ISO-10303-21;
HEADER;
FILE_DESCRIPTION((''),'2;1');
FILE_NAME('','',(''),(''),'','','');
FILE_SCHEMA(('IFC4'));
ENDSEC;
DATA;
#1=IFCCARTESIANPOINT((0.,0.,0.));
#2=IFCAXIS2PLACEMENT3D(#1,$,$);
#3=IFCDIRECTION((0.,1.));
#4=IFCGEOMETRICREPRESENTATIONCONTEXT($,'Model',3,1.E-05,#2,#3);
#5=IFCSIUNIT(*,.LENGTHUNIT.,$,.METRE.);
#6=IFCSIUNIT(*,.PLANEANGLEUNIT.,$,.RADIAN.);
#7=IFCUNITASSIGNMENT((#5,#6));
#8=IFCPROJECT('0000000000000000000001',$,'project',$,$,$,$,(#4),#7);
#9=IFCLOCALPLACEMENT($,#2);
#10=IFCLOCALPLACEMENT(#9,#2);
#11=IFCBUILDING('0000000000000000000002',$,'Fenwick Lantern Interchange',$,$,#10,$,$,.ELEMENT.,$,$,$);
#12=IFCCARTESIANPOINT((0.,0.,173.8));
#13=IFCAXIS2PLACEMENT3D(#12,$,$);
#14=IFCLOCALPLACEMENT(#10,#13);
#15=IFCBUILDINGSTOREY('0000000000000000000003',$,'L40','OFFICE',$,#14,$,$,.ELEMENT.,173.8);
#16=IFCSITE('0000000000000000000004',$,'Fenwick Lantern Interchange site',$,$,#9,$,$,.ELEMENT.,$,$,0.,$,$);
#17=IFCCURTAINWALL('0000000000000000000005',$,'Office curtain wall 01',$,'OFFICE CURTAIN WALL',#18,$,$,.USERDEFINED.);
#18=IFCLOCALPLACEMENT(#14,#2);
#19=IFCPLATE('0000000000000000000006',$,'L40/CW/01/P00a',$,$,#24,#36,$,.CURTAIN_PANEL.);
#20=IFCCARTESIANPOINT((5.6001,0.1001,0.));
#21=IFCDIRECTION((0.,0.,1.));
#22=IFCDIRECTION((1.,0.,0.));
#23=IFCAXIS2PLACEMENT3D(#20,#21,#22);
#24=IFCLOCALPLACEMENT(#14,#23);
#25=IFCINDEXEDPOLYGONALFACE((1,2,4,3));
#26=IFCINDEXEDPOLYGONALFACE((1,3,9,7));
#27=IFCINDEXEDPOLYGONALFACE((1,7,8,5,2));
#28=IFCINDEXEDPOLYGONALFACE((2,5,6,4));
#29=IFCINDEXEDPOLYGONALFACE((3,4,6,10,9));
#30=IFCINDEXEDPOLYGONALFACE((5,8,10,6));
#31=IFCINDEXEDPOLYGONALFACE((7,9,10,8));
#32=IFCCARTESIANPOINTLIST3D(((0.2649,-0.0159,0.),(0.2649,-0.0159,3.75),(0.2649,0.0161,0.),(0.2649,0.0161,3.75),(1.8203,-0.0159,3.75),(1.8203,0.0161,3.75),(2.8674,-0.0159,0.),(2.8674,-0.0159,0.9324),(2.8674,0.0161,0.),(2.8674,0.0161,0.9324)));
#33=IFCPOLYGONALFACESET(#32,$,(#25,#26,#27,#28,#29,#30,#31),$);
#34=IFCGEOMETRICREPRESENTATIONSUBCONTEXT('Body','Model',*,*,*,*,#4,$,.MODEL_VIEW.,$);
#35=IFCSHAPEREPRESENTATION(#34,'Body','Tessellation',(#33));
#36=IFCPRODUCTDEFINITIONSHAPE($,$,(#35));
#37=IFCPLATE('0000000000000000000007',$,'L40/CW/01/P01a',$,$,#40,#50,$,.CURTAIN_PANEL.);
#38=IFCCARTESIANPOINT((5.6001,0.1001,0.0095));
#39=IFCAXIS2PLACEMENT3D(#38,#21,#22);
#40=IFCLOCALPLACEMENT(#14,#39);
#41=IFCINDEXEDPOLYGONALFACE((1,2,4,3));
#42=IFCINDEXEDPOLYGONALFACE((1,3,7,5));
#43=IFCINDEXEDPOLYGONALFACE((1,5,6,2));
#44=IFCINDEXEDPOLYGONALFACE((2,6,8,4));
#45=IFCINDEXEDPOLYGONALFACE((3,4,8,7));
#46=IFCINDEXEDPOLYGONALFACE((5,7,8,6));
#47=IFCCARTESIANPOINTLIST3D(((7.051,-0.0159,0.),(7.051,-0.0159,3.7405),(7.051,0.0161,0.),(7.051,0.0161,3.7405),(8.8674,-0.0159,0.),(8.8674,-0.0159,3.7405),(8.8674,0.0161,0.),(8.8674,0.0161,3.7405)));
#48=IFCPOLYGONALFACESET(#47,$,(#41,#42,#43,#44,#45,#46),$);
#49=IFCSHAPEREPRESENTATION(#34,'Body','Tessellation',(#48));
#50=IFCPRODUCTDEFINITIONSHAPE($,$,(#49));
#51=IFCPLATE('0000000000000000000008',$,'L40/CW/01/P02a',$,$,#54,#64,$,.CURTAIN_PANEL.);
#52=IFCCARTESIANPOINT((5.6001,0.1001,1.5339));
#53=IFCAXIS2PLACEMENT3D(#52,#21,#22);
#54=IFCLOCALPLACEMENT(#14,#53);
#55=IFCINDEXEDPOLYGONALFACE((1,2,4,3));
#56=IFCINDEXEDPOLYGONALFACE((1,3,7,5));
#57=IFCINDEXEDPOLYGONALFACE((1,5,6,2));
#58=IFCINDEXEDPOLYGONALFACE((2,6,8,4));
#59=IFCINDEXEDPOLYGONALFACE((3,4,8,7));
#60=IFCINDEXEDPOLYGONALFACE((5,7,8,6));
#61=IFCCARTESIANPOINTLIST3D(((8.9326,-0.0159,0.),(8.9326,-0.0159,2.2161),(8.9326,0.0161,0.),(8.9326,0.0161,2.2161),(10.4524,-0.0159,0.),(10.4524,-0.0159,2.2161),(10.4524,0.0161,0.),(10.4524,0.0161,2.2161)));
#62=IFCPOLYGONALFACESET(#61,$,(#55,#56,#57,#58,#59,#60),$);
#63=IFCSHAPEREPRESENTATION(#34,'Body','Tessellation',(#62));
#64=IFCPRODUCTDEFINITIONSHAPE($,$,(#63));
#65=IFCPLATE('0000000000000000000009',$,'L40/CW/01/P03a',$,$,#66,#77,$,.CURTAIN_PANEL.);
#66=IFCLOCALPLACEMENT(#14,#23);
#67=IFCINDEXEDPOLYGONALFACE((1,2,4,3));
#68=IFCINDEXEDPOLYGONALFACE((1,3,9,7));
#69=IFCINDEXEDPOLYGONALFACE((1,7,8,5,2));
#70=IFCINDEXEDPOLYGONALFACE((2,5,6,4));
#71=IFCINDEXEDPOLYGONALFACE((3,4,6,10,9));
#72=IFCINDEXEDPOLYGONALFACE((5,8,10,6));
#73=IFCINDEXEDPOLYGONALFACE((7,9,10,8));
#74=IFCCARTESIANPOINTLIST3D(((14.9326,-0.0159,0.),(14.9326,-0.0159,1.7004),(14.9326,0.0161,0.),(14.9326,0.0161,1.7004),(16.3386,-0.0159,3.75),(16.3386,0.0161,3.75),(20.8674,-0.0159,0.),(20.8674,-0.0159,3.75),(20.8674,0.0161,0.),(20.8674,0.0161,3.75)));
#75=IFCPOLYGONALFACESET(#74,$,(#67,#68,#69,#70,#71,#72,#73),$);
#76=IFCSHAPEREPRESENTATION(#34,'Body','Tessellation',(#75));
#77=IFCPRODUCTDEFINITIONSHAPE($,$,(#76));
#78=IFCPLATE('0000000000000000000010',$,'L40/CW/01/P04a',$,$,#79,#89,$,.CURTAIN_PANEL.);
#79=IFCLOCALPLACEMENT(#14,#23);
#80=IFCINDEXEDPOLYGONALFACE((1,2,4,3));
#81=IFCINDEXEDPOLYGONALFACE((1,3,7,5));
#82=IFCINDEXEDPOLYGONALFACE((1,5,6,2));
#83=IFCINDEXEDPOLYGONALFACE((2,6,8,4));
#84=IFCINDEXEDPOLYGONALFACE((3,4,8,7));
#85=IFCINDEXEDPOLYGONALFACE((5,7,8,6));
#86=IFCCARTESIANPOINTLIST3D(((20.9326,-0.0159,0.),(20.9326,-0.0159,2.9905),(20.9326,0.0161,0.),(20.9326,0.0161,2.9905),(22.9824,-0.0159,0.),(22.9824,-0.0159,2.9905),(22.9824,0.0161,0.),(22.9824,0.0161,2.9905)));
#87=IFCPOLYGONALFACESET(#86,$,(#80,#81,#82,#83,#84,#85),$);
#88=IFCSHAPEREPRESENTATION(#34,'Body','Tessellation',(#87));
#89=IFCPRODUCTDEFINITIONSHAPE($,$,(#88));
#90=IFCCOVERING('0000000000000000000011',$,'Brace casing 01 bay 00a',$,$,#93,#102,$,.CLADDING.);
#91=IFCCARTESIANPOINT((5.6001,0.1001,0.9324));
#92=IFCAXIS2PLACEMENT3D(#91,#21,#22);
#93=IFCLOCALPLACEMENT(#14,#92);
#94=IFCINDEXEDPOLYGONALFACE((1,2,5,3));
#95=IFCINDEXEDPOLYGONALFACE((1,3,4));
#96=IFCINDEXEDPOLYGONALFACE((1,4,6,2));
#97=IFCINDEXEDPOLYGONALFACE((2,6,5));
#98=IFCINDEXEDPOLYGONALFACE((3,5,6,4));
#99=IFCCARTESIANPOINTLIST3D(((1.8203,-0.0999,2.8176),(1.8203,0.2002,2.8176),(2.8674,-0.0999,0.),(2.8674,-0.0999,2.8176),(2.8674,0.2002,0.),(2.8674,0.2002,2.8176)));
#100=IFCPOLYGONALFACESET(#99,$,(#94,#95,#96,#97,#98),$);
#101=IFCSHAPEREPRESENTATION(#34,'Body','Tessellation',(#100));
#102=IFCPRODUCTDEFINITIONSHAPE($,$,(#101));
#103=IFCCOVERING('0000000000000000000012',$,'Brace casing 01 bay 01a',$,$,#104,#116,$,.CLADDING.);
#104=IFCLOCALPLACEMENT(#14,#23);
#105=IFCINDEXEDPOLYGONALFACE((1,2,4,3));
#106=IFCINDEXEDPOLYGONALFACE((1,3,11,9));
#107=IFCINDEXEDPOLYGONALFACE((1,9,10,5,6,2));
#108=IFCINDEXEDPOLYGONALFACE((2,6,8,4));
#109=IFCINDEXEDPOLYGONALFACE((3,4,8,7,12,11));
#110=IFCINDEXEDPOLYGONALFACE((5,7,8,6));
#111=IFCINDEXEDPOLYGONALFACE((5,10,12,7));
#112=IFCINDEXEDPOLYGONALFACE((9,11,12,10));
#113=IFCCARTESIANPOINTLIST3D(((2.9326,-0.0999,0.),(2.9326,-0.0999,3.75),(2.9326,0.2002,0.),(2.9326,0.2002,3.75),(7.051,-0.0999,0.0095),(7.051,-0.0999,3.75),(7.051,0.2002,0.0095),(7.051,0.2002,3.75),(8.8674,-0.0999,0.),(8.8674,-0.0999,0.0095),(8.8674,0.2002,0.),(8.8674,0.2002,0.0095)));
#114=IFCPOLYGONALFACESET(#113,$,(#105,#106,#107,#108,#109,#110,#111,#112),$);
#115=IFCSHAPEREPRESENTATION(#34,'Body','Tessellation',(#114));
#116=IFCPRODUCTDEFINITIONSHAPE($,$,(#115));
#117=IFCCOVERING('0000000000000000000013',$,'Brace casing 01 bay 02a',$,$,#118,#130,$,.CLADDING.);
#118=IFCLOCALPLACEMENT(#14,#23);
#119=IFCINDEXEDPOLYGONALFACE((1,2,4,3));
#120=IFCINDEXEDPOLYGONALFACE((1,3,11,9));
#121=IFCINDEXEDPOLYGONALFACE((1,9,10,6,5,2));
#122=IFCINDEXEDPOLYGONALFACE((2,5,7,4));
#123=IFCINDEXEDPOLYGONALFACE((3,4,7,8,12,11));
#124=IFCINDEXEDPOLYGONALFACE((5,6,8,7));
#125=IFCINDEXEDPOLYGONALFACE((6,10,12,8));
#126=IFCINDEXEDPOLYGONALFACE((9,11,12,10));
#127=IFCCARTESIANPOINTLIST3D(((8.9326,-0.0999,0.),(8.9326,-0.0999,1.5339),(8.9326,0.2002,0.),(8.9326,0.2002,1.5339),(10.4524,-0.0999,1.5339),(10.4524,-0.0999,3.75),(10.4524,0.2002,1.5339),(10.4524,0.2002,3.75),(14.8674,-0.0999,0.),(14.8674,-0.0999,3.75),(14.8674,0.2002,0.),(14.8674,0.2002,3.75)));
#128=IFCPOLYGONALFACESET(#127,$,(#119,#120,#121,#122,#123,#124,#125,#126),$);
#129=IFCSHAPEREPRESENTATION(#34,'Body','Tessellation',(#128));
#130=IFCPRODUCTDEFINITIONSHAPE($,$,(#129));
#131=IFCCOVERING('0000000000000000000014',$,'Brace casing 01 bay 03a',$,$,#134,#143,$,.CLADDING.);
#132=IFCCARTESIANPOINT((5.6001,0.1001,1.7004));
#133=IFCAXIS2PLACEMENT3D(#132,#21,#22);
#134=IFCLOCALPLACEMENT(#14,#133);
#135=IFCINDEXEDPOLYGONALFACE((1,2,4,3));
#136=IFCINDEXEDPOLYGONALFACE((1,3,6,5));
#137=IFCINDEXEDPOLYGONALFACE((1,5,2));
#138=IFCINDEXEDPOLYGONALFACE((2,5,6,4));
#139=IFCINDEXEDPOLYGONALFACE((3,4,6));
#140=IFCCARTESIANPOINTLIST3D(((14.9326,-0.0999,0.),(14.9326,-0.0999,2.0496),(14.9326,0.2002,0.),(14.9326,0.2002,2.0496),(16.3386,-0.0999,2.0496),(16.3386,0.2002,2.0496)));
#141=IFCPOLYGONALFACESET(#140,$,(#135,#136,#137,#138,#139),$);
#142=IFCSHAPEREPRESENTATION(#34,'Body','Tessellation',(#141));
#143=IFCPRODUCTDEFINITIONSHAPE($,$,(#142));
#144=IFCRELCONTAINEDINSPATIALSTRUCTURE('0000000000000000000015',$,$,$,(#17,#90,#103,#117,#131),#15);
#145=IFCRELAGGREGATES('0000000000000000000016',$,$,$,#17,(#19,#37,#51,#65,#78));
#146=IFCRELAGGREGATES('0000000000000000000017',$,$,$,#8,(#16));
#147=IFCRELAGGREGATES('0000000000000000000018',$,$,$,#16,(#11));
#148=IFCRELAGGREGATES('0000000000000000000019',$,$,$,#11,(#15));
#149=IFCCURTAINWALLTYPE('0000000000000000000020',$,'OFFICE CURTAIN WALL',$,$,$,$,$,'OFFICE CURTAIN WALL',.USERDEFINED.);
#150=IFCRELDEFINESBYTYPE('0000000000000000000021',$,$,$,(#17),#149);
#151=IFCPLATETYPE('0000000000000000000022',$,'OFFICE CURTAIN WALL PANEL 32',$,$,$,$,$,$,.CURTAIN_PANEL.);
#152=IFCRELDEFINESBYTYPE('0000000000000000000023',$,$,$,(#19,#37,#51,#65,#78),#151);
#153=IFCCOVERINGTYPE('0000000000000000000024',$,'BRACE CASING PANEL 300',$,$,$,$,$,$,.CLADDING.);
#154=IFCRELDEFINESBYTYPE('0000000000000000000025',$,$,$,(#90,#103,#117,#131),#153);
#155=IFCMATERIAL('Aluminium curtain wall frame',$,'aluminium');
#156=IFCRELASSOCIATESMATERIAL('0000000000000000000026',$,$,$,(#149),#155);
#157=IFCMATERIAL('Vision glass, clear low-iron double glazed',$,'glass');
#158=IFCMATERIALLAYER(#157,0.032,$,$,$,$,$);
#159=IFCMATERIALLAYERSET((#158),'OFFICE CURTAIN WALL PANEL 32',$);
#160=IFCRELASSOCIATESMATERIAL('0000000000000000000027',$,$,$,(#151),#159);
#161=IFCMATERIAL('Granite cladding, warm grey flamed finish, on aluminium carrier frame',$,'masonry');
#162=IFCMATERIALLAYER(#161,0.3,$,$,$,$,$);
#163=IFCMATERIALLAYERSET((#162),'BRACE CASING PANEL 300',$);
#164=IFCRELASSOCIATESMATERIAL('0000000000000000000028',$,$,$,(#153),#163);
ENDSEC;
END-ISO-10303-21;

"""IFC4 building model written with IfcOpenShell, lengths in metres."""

from ifc_helpers import new_model, si_unit, direction, frame, origin, place, context, subcontext, project, spatial, polyline, outline, extrude, material, layer, layer_set, type_object, element, aggregate, save


model = new_model("IFC4")

# Units and contexts
model_context = context("Model", 3, precision=1e-05, world=origin(), true_north=direction((0.0, 1.0)))
body_context = subcontext(model_context, "Body", "Model", "MODEL_VIEW")
ifc_project = project(units=[si_unit("LENGTHUNIT", "METRE"), si_unit("PLANEANGLEUNIT", "RADIAN")], contexts=[model_context])

# Site, building, storey
site_placement = place(None, origin())
site = spatial("IfcSite", under=ifc_project, at=site_placement, Name="Fenwick Lantern Interchange site", CompositionType="ELEMENT", RefElevation=0.0)
building_placement = place(site_placement, origin())
building = spatial("IfcBuilding", under=site, at=building_placement, Name="Fenwick Lantern Interchange", CompositionType="ELEMENT")
storey_placement = place(building_placement, frame((0.0, 0.0, 173.8)))
storey = spatial("IfcBuildingStorey", under=building, at=storey_placement, Name="L40", Description="OFFICE", CompositionType="ELEMENT", Elevation=173.8)

# Shared definitions
ifc_material_1 = material(Name="Aluminium curtain wall frame", Category="aluminium")
curtain_wall_type = type_object("IfcCurtainWallType", Name="OFFICE CURTAIN WALL", ElementType="OFFICE CURTAIN WALL", PredefinedType="USERDEFINED", material=ifc_material_1)

# Curtain wall, plates
curtain_wall_1_placement = place(storey_placement, origin())
curtain_wall_1 = element("IfcCurtainWall", 1, at=curtain_wall_1_placement, inside=storey, type_object=curtain_wall_type, Name="Office curtain wall 01", ObjectType="OFFICE CURTAIN WALL", PredefinedType="USERDEFINED")
ifc_material_2 = material(Name="Vision glass, clear low-iron double glazed", Category="glass")
ifc_layer_1 = layer(ifc_material_2, 0.032)
ifc_layer_set_1 = layer_set([ifc_layer_1], Name="OFFICE CURTAIN WALL PANEL 32")
plate_type = type_object("IfcPlateType", Name="OFFICE CURTAIN WALL PANEL 32", PredefinedType="CURTAIN_PANEL", material=ifc_layer_set_1)
plate_1_placement = place(storey_placement, frame((5.6001, 0.1001, 0.0), z_axis=(0.0, 0.0, 1.0), x_axis=(1.0, 0.0, 0.0)))
plate_1 = element("IfcPlate", 2, at=plate_1_placement, type_object=plate_type, Name="L40/CW/01/P00a", PredefinedType="CURTAIN_PANEL", context=body_context, shape_type="SweptSolid", body=[
    extrude(outline(polyline([(0.2649, 0.0), (2.8674, 0.0), (2.8674, 0.9324), (1.8203, 3.75), (0.2649, 3.75), (0.2649, 0.0)])), frame((0.0, 0.0161, 0.0), z_axis=(0.0, -1.0, 0.0), x_axis=(1.0, 0.0, 0.0)), (0.0, 0.0, 1.0), 0.032),
])
plate_2_placement = place(storey_placement, frame((5.6001, 0.1001, 0.0095), z_axis=(0.0, 0.0, 1.0), x_axis=(1.0, 0.0, 0.0)))
plate_2 = element("IfcPlate", 3, at=plate_2_placement, type_object=plate_type, Name="L40/CW/01/P01a", PredefinedType="CURTAIN_PANEL", context=body_context, shape_type="SweptSolid", body=[
    extrude(outline(polyline([(7.051, 0.0), (8.8674, 0.0), (8.8674, 3.7405), (7.051, 3.7405), (7.051, 0.0)])), frame((0.0, 0.0161, 0.0), z_axis=(0.0, -1.0, 0.0), x_axis=(1.0, 0.0, 0.0)), (0.0, 0.0, 1.0), 0.032),
])
plate_3_placement = place(storey_placement, frame((5.6001, 0.1001, 1.5339), z_axis=(0.0, 0.0, 1.0), x_axis=(1.0, 0.0, 0.0)))
plate_3 = element("IfcPlate", 4, at=plate_3_placement, type_object=plate_type, Name="L40/CW/01/P02a", PredefinedType="CURTAIN_PANEL", context=body_context, shape_type="SweptSolid", body=[
    extrude(outline(polyline([(8.9326, 0.0), (10.4524, 0.0), (10.4524, 2.2161), (8.9326, 2.2161), (8.9326, 0.0)])), frame((0.0, 0.0161, 0.0), z_axis=(0.0, -1.0, 0.0), x_axis=(1.0, 0.0, 0.0)), (0.0, 0.0, 1.0), 0.032),
])
plate_4_placement = place(storey_placement, frame((5.6001, 0.1001, 0.0), z_axis=(0.0, 0.0, 1.0), x_axis=(1.0, 0.0, 0.0)))
plate_4 = element("IfcPlate", 5, at=plate_4_placement, type_object=plate_type, Name="L40/CW/01/P03a", PredefinedType="CURTAIN_PANEL", context=body_context, shape_type="SweptSolid", body=[
    extrude(outline(polyline([(14.9326, 0.0), (20.8674, 0.0), (20.8674, 3.75), (16.3386, 3.75), (14.9326, 1.7004), (14.9326, 0.0)])), frame((0.0, 0.0161, 0.0), z_axis=(0.0, -1.0, 0.0), x_axis=(1.0, 0.0, 0.0)), (0.0, 0.0, 1.0), 0.032),
])
plate_5_placement = place(storey_placement, frame((5.6001, 0.1001, 0.0), z_axis=(0.0, 0.0, 1.0), x_axis=(1.0, 0.0, 0.0)))
plate_5 = element("IfcPlate", 6, at=plate_5_placement, type_object=plate_type, Name="L40/CW/01/P04a", PredefinedType="CURTAIN_PANEL", context=body_context, shape_type="SweptSolid", body=[
    extrude(outline(polyline([(20.9326, 0.0), (22.9824, 0.0), (22.9824, 2.9905), (20.9326, 2.9905), (20.9326, 0.0)])), frame((0.0, 0.0161, 0.0), z_axis=(0.0, -1.0, 0.0), x_axis=(1.0, 0.0, 0.0)), (0.0, 0.0, 1.0), 0.032),
])
aggregate(curtain_wall_1, [plate_1, plate_2, plate_3, plate_4, plate_5])

# Coverings
ifc_material_3 = material(Name="Granite cladding, warm grey flamed finish, on aluminium carrier frame", Category="masonry")
ifc_layer_2 = layer(ifc_material_3, 0.3)
ifc_layer_set_2 = layer_set([ifc_layer_2], Name="BRACE CASING PANEL 300")
covering_type_1 = type_object("IfcCoveringType", Name="BRACE CASING PANEL 300", PredefinedType="CLADDING", material=ifc_layer_set_2)
covering_1_placement = place(storey_placement, frame((5.6001, 0.1001, 0.9324), z_axis=(0.0, 0.0, 1.0), x_axis=(1.0, 0.0, 0.0)))
element("IfcCovering", 7, at=covering_1_placement, inside=storey, type_object=covering_type_1, Name="Brace casing 01 bay 00a", PredefinedType="CLADDING", context=body_context, shape_type="SweptSolid", body=[
    extrude(outline(polyline([(2.8674, 0.0), (2.8674, 2.8176), (1.8203, 2.8176), (2.8674, 0.0)])), frame((0.0, 0.2002, 0.0), z_axis=(0.0, -1.0, 0.0), x_axis=(1.0, 0.0, 0.0)), (0.0, 0.0, 1.0), 0.3),
])
covering_2_placement = place(storey_placement, frame((5.6001, 0.1001, 0.0), z_axis=(0.0, 0.0, 1.0), x_axis=(1.0, 0.0, 0.0)))
element("IfcCovering", 8, at=covering_2_placement, inside=storey, type_object=covering_type_1, Name="Brace casing 01 bay 01a", PredefinedType="CLADDING", context=body_context, shape_type="SweptSolid", body=[
    extrude(outline(polyline([(2.9326, 0.0), (8.8674, 0.0), (8.8674, 0.0095), (7.051, 0.0095), (7.051, 3.75), (2.9326, 3.75), (2.9326, 0.0)])), frame((0.0, 0.2002, 0.0), z_axis=(0.0, -1.0, 0.0), x_axis=(1.0, 0.0, 0.0)), (0.0, 0.0, 1.0), 0.3),
])
covering_3_placement = place(storey_placement, frame((5.6001, 0.1001, 0.0), z_axis=(0.0, 0.0, 1.0), x_axis=(1.0, 0.0, 0.0)))
element("IfcCovering", 9, at=covering_3_placement, inside=storey, type_object=covering_type_1, Name="Brace casing 01 bay 02a", PredefinedType="CLADDING", context=body_context, shape_type="SweptSolid", body=[
    extrude(outline(polyline([(8.9326, 0.0), (14.8674, 0.0), (14.8674, 3.75), (10.4524, 3.75), (10.4524, 1.5339), (8.9326, 1.5339), (8.9326, 0.0)])), frame((0.0, 0.2002, 0.0), z_axis=(0.0, -1.0, 0.0), x_axis=(1.0, 0.0, 0.0)), (0.0, 0.0, 1.0), 0.3),
])
covering_4_placement = place(storey_placement, frame((5.6001, 0.1001, 1.7004), z_axis=(0.0, 0.0, 1.0), x_axis=(1.0, 0.0, 0.0)))
element("IfcCovering", 10, at=covering_4_placement, inside=storey, type_object=covering_type_1, Name="Brace casing 01 bay 03a", PredefinedType="CLADDING", context=body_context, shape_type="SweptSolid", body=[
    extrude(outline(polyline([(14.9326, 0.0), (16.3386, 2.0496), (14.9326, 2.0496), (14.9326, 0.0)])), frame((0.0, 0.2002, 0.0), z_axis=(0.0, -1.0, 0.0), x_axis=(1.0, 0.0, 0.0)), (0.0, 0.0, 1.0), 0.3),
])

save(model, "model.ifc")
